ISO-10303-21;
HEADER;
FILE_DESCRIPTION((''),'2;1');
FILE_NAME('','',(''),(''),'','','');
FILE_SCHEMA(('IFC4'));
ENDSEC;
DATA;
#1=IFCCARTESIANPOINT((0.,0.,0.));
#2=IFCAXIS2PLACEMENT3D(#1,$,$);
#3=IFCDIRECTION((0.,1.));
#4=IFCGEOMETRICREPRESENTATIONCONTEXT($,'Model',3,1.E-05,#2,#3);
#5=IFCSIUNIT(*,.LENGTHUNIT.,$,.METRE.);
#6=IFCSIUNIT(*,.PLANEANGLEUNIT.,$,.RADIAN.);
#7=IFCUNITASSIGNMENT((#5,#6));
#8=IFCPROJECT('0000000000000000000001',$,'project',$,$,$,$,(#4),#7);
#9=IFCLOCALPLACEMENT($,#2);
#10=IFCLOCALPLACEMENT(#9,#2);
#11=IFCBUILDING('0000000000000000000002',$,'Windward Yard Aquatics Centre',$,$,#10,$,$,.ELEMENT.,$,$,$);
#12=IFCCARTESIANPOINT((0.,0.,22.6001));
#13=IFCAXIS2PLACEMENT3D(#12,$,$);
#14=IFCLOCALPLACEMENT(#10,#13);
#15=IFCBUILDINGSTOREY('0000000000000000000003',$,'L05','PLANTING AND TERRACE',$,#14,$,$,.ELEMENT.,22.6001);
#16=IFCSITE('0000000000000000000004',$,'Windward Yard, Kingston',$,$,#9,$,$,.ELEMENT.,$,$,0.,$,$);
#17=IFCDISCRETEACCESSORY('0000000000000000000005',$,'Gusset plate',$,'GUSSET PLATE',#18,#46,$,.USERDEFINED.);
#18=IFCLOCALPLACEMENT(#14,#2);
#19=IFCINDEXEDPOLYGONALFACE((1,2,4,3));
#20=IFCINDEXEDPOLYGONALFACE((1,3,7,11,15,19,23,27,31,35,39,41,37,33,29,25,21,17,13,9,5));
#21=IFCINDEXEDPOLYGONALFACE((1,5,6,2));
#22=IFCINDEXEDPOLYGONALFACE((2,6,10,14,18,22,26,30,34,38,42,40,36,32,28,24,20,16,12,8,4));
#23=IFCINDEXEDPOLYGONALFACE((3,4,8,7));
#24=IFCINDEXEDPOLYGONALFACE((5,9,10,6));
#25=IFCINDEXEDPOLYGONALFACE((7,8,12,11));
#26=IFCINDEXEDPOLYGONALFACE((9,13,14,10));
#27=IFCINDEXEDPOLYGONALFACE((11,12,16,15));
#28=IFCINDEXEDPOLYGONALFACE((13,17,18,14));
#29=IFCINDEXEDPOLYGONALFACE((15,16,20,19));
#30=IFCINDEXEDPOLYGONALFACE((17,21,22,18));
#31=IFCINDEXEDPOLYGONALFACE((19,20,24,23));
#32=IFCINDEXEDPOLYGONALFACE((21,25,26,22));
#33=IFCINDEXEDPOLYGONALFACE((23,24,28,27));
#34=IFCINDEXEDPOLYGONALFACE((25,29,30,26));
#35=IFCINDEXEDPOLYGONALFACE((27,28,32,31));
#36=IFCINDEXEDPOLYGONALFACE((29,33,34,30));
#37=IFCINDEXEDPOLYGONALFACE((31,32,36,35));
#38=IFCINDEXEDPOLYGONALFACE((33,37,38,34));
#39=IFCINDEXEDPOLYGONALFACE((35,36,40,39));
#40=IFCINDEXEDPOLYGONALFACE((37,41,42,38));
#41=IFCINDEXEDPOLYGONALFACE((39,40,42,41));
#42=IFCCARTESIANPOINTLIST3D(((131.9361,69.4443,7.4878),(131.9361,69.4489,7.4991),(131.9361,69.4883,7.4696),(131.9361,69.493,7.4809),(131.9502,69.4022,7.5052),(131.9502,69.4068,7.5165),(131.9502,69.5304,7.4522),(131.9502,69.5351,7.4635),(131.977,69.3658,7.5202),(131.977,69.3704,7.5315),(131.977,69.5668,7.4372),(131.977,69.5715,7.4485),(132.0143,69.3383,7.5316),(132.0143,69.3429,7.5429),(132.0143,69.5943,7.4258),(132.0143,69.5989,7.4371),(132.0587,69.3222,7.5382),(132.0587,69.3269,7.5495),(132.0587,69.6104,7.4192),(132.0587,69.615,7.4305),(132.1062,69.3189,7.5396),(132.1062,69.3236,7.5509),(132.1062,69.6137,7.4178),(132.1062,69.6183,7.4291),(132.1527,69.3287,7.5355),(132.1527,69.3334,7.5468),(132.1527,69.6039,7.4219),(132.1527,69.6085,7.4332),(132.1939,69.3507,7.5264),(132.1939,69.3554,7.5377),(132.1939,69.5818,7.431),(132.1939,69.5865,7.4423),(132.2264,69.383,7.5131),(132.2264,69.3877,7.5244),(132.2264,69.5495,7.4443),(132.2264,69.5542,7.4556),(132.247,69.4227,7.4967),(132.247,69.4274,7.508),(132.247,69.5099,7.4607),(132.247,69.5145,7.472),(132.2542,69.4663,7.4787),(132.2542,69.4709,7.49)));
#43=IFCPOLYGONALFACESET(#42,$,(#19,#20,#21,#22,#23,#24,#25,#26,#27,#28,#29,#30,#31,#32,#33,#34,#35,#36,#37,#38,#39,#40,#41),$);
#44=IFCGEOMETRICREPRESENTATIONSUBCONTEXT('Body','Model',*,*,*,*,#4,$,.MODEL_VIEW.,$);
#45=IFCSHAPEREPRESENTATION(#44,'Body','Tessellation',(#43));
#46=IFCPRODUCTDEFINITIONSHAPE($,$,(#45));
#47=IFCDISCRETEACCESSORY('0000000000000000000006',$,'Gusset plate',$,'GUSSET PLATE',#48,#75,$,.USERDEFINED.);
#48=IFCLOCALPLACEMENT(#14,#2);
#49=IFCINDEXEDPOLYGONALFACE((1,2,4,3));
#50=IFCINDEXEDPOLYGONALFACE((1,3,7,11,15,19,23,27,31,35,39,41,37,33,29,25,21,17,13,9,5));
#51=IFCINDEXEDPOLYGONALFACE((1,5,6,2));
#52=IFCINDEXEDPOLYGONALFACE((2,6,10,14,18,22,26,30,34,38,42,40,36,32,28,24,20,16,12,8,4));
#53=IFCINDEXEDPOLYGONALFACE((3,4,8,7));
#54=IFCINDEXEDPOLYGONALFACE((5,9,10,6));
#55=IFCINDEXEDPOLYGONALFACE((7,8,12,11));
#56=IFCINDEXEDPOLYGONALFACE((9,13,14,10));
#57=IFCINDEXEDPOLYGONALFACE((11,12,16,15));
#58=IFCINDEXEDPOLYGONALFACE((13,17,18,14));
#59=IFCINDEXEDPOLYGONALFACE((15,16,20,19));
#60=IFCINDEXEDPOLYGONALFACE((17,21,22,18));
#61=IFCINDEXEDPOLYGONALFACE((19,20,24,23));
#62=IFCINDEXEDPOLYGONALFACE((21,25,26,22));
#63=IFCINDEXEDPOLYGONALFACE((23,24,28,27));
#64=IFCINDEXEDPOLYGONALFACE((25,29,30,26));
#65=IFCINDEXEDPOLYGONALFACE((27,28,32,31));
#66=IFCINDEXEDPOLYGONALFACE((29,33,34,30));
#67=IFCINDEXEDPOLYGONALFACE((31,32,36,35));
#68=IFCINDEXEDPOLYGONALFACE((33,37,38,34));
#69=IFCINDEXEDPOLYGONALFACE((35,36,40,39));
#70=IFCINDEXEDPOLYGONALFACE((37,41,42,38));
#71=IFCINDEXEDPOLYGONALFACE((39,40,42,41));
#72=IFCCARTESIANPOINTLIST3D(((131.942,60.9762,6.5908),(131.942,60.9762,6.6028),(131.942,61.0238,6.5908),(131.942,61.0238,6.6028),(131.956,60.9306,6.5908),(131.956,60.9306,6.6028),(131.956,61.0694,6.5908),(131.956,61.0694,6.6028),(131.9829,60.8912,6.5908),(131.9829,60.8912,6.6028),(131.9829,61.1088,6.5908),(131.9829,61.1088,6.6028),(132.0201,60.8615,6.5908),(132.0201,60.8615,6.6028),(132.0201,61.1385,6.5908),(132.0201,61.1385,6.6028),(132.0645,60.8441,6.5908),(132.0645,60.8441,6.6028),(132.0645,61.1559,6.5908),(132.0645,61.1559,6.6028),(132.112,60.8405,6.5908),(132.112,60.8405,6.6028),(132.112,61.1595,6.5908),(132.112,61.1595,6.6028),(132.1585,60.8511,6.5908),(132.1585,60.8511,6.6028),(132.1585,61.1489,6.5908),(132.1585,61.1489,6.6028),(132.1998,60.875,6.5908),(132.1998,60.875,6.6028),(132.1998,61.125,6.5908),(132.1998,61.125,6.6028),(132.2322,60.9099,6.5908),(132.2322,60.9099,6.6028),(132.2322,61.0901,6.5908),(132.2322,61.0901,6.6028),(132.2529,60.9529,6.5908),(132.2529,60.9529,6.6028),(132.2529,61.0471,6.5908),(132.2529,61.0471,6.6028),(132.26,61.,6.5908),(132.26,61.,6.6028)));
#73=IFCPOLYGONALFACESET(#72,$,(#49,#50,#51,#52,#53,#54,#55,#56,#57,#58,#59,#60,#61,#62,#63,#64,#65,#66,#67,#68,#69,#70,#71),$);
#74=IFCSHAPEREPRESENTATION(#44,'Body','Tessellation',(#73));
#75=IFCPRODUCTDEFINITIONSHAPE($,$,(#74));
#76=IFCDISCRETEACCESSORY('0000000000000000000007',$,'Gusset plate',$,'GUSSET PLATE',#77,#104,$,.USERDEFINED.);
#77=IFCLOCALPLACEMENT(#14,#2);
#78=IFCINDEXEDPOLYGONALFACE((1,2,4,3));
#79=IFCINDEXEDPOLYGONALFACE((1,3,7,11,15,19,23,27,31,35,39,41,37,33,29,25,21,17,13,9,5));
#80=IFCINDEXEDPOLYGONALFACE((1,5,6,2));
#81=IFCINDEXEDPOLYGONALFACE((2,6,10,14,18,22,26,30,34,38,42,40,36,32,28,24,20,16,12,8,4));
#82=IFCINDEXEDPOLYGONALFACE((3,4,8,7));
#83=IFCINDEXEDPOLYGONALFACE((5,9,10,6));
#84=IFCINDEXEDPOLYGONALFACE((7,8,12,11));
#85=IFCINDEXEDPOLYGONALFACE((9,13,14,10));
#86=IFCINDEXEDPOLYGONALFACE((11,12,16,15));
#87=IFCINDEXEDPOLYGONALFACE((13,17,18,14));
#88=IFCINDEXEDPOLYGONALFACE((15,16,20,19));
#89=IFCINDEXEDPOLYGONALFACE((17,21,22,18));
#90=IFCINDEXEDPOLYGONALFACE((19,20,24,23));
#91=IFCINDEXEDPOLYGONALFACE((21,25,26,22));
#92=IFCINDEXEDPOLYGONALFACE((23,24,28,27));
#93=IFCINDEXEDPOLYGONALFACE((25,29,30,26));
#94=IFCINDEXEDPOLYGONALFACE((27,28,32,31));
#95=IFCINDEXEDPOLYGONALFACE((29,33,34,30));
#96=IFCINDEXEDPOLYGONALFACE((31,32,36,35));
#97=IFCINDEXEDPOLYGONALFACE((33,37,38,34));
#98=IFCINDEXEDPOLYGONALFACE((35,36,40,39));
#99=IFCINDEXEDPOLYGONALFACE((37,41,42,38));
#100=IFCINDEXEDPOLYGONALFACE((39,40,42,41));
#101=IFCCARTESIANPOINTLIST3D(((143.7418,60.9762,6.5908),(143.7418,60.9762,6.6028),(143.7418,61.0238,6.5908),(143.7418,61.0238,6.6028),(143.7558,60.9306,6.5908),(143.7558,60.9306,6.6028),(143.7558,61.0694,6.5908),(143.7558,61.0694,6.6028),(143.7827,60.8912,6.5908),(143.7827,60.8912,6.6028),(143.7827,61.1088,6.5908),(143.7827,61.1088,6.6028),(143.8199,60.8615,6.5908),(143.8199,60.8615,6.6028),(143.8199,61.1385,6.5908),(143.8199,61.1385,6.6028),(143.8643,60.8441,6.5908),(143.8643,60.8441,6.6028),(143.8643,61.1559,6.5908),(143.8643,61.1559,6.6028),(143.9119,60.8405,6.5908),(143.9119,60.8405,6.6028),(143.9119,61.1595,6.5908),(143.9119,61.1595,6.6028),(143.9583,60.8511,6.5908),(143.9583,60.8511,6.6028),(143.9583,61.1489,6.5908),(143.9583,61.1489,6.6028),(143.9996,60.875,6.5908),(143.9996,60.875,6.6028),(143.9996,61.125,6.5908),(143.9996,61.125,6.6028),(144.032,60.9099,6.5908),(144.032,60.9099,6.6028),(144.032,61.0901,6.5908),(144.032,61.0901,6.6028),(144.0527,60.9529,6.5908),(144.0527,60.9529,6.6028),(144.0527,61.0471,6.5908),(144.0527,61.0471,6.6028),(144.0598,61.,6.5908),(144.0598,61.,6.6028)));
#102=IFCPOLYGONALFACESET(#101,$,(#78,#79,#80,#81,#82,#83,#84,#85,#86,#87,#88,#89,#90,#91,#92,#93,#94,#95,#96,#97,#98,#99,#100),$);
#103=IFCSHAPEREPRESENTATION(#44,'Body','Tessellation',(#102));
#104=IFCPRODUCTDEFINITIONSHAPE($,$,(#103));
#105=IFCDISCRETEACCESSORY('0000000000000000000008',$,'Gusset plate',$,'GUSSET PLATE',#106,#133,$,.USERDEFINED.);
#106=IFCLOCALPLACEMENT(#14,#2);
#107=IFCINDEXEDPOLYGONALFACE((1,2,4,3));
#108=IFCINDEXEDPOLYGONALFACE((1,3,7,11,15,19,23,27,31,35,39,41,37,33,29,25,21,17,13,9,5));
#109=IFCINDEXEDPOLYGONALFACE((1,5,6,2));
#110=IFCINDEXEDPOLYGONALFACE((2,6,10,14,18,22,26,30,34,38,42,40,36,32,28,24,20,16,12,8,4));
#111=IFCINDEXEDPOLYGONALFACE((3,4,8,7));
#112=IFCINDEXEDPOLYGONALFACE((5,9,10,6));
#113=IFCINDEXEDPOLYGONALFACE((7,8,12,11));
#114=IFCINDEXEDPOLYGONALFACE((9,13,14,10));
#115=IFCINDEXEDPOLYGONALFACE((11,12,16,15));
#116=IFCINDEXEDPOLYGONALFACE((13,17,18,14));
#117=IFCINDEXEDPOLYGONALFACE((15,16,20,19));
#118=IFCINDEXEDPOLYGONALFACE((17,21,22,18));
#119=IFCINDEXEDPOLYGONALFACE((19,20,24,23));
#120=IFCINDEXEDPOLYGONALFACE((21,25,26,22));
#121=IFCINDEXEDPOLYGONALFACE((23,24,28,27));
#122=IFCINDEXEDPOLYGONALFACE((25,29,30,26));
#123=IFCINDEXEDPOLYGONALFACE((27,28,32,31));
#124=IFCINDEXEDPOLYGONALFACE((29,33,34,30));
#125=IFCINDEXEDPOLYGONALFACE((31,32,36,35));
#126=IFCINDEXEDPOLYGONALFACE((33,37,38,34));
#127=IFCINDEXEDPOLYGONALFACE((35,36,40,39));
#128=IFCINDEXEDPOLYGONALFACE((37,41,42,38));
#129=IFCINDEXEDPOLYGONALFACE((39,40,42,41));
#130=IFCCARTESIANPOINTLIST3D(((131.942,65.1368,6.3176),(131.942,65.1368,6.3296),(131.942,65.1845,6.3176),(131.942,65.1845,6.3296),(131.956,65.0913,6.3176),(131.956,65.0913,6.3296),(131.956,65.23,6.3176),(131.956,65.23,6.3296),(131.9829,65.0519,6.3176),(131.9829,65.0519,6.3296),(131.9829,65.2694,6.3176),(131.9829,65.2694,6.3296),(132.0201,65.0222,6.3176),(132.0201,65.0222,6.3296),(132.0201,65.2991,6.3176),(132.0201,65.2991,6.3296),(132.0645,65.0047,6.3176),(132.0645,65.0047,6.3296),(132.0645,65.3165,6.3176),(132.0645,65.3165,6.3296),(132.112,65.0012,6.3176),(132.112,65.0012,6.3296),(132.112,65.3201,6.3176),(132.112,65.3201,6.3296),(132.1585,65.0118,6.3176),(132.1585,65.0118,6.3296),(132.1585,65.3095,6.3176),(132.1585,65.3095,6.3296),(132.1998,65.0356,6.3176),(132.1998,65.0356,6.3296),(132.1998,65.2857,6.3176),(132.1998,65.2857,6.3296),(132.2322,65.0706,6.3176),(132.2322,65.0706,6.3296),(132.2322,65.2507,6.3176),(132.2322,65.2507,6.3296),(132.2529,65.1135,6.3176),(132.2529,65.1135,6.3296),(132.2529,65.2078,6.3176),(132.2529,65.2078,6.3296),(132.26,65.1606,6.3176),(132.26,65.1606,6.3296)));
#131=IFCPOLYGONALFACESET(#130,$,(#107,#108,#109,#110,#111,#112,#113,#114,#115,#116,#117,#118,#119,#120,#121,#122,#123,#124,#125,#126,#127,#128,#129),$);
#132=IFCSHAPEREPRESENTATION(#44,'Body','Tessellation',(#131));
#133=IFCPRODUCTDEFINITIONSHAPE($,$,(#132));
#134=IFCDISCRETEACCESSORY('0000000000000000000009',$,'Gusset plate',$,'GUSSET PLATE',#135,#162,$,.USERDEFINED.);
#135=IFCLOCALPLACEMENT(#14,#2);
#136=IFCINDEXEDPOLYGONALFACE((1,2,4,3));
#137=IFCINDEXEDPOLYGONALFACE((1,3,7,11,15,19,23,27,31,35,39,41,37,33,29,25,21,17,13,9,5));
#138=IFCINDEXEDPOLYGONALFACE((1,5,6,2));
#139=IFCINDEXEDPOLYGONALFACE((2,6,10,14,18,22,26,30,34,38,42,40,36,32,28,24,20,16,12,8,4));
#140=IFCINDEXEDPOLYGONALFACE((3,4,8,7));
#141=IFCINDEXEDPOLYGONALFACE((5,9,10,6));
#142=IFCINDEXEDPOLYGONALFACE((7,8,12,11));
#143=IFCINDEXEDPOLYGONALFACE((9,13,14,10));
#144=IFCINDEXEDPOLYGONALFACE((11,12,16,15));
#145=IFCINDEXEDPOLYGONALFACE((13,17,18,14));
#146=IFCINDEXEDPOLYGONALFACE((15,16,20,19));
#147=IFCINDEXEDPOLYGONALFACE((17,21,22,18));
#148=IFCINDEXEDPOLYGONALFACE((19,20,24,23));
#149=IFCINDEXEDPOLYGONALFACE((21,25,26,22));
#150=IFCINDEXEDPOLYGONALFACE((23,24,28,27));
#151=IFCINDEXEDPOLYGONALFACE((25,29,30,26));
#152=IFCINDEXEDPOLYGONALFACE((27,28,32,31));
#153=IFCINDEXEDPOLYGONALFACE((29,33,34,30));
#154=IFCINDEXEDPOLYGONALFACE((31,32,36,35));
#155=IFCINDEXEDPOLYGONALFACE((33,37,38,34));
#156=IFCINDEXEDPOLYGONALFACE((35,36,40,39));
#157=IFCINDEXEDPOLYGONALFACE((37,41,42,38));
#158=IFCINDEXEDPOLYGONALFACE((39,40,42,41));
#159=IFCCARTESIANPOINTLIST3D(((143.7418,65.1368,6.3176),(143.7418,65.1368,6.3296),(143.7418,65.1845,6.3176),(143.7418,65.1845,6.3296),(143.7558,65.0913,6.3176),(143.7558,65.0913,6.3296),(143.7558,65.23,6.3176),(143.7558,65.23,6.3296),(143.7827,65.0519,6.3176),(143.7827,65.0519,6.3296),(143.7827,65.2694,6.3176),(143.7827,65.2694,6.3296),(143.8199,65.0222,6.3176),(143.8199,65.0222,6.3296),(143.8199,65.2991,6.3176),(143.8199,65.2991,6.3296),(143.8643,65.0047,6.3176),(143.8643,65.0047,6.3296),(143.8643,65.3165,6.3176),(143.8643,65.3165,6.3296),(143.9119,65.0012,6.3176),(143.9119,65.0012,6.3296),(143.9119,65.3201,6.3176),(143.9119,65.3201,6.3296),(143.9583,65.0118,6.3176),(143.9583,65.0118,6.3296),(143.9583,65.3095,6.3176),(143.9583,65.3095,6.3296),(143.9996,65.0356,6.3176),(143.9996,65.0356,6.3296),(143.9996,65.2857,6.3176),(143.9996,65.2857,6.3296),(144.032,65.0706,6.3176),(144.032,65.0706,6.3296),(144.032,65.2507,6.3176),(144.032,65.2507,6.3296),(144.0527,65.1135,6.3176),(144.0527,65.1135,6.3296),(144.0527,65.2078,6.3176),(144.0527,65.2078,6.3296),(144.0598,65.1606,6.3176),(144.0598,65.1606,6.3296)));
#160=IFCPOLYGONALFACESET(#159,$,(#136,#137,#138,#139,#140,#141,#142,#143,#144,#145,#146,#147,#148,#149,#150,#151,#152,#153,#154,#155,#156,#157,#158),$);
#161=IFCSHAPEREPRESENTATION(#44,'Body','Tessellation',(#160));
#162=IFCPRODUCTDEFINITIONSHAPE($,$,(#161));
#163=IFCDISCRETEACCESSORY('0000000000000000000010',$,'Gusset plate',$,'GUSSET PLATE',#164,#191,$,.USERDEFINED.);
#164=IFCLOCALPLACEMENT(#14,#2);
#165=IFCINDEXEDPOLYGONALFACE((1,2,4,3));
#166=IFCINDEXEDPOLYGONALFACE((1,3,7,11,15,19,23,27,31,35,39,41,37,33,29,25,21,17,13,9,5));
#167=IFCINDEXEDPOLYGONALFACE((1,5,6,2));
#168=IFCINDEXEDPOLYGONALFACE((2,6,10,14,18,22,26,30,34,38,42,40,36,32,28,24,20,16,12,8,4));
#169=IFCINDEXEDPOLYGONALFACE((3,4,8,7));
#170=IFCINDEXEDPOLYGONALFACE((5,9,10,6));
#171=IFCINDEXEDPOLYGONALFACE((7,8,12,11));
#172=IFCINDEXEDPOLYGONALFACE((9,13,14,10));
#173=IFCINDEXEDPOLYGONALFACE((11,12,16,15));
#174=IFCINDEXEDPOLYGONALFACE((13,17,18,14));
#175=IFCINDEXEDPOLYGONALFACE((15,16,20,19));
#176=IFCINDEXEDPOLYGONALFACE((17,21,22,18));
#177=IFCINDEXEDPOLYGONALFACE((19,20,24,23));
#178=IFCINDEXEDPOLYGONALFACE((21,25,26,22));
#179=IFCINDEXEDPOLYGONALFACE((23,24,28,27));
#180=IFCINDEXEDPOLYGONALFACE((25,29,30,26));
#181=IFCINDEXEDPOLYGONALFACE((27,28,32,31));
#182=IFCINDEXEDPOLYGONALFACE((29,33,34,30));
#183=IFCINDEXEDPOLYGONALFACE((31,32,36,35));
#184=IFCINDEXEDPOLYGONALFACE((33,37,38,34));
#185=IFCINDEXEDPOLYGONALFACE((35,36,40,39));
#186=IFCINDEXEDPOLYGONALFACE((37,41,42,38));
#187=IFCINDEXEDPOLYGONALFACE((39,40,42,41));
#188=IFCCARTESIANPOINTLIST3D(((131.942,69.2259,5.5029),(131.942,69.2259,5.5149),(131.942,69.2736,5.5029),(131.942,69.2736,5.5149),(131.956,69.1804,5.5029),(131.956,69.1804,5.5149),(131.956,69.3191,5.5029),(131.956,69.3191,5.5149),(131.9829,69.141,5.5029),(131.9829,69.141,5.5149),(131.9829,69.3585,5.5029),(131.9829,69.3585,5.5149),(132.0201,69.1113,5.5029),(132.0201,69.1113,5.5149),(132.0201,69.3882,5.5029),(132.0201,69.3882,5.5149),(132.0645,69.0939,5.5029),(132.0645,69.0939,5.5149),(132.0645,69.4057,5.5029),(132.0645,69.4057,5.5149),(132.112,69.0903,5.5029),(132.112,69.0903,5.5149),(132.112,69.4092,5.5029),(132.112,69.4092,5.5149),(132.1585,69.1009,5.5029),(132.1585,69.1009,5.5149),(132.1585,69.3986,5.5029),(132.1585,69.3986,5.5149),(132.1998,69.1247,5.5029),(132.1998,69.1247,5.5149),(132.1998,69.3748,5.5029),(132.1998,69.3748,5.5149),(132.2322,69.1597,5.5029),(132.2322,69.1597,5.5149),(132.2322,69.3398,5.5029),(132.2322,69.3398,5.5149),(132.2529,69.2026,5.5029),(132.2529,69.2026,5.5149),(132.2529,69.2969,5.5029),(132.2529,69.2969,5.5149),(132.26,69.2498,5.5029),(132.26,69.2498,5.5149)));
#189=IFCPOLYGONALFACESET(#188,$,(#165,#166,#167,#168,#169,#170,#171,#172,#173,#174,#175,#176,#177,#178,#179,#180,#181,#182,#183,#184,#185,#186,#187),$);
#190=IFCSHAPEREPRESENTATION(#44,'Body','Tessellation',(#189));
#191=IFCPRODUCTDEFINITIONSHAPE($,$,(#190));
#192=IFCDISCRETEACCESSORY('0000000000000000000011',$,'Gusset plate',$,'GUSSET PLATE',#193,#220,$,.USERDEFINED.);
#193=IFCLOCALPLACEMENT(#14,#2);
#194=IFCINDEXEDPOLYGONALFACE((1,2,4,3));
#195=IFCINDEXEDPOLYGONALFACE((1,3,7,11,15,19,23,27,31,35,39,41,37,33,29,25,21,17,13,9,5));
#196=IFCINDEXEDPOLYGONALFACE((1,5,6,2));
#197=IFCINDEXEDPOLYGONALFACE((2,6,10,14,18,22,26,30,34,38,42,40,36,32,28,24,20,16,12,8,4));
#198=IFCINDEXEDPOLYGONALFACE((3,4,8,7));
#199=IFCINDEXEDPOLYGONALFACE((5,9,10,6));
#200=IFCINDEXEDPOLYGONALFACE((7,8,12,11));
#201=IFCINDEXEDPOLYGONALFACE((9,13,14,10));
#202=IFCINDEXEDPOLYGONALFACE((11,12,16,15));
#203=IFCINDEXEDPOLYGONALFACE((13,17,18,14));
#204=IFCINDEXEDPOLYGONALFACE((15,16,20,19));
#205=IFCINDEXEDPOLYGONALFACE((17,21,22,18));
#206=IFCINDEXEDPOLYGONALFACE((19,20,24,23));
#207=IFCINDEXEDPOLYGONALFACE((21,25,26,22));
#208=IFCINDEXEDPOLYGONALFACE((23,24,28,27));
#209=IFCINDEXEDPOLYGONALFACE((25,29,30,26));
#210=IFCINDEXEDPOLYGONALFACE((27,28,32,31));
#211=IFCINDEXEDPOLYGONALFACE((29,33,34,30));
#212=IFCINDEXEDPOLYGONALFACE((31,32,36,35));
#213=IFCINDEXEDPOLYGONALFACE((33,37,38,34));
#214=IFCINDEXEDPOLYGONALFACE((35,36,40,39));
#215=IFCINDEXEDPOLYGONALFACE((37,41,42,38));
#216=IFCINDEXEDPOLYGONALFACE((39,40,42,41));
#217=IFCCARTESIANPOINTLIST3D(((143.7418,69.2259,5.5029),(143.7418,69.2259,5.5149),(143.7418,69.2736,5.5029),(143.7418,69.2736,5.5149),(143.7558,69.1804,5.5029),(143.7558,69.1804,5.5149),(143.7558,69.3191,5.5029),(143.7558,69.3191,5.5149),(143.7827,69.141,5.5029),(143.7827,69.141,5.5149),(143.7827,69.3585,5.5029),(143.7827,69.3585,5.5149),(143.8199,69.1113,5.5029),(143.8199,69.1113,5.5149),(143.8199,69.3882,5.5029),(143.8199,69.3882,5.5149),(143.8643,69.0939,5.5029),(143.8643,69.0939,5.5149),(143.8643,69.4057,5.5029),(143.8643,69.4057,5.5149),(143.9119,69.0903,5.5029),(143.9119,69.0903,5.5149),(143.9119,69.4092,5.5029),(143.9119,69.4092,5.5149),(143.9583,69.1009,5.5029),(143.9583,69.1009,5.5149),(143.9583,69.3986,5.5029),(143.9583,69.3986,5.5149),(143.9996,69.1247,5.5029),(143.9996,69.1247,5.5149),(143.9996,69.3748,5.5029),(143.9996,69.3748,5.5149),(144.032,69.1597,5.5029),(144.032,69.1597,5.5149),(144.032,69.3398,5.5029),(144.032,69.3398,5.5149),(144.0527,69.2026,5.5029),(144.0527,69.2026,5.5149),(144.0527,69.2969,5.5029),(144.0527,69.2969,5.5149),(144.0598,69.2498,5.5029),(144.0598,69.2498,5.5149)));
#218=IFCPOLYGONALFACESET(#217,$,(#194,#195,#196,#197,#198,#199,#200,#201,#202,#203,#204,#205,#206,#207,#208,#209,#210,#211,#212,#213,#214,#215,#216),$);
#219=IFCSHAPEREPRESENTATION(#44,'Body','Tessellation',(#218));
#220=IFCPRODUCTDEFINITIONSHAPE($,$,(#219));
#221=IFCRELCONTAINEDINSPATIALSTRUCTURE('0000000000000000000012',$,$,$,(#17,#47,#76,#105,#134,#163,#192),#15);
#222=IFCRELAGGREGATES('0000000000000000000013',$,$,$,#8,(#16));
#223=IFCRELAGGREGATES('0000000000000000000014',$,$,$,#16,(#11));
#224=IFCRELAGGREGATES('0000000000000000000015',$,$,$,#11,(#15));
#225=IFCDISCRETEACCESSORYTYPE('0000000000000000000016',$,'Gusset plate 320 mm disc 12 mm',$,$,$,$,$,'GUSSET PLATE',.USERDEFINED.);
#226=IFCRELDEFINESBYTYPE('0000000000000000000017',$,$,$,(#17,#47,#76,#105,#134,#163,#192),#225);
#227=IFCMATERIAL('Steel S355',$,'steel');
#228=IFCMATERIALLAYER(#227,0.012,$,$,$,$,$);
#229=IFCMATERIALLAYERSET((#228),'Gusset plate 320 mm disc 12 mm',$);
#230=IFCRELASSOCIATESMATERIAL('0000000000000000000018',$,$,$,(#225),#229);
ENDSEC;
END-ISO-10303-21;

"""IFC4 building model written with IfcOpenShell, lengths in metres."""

from ifc_helpers import new_model, si_unit, direction, frame, origin, origin_2d, place, context, subcontext, project, spatial, circle, extrude, material, layer, layer_set, type_object, element, save


model = new_model("IFC4")

# Units and contexts
model_context = context("Model", 3, precision=1e-05, world=origin(), true_north=direction((0.0, 1.0)))
body_context = subcontext(model_context, "Body", "Model", "MODEL_VIEW")
ifc_project = project(units=[si_unit("LENGTHUNIT", "METRE"), si_unit("PLANEANGLEUNIT", "RADIAN")], contexts=[model_context])

# Site, building, storey
site_placement = place(None, origin())
site = spatial("IfcSite", under=ifc_project, at=site_placement, Name="Windward Yard, Kingston", CompositionType="ELEMENT", RefElevation=0.0)
building_placement = place(site_placement, origin())
building = spatial("IfcBuilding", under=site, at=building_placement, Name="Windward Yard Aquatics Centre", CompositionType="ELEMENT")
storey_placement = place(building_placement, frame((0.0, 0.0, 22.6001)))
storey = spatial("IfcBuildingStorey", under=building, at=storey_placement, Name="L05", Description="PLANTING AND TERRACE", CompositionType="ELEMENT", Elevation=22.6001)

# Discrete accessories
ifc_material_1 = material(Name="Steel S355", Category="steel")
ifc_layer = layer(ifc_material_1, 0.012)
ifc_layer_set = layer_set([ifc_layer], Name="Gusset plate 320 mm disc 12 mm")
discrete_accessory_type = type_object("IfcDiscreteAccessoryType", Name="Gusset plate 320 mm disc 12 mm", ElementType="GUSSET PLATE", PredefinedType="USERDEFINED", material=ifc_layer_set)
discrete_accessory_1_placement = place(storey_placement, frame((132.0942, 69.4709, 7.49), z_axis=(0.0, -0.38176, -0.924261), x_axis=(1.0, 0.0, 0.0)))
element("IfcDiscreteAccessory", 1, at=discrete_accessory_1_placement, inside=storey, type_object=discrete_accessory_type, Name="Gusset plate", ObjectType="GUSSET PLATE", PredefinedType="USERDEFINED", context=body_context, shape_type="SweptSolid", body=[
    extrude(circle(Radius=0.1599, at=origin_2d()), origin(), (0.0, 0.0, 1.0), 0.0122),
])
for number, where, z_axis, x_axis, name in (
    (2, (132.1001, 61.0, 6.5908), (0.0, 0.0, 1.0), (1.0, 0.0, 0.0), "Gusset plate"),
    (3, (143.8999, 61.0, 6.5908), (0.0, 0.0, 1.0), (1.0, 0.0, 0.0), "Gusset plate"),
    (4, (132.1001, 65.1606, 6.3176), (0.0, 0.0, 1.0), (1.0, 0.0, 0.0), "Gusset plate"),
    (5, (143.8999, 65.1606, 6.3176), (0.0, 0.0, 1.0), (1.0, 0.0, 0.0), "Gusset plate"),
    (6, (132.1001, 69.2498, 5.5029), (0.0, 0.0, 1.0), (1.0, 0.0, 0.0), "Gusset plate"),
    (7, (143.8999, 69.2498, 5.5029), (0.0, 0.0, 1.0), (1.0, 0.0, 0.0), "Gusset plate"),
):
    element("IfcDiscreteAccessory", number, at=place(storey_placement, frame(where, z_axis=z_axis, x_axis=x_axis)), inside=storey, type_object=discrete_accessory_type, Name=name, ObjectType="GUSSET PLATE", PredefinedType="USERDEFINED", context=body_context, shape_type="SweptSolid", body=[
        extrude(circle(Radius=0.1599, at=origin_2d()), origin(), (0.0, 0.0, 1.0), 0.012),
    ])

save(model, "model.ifc")
